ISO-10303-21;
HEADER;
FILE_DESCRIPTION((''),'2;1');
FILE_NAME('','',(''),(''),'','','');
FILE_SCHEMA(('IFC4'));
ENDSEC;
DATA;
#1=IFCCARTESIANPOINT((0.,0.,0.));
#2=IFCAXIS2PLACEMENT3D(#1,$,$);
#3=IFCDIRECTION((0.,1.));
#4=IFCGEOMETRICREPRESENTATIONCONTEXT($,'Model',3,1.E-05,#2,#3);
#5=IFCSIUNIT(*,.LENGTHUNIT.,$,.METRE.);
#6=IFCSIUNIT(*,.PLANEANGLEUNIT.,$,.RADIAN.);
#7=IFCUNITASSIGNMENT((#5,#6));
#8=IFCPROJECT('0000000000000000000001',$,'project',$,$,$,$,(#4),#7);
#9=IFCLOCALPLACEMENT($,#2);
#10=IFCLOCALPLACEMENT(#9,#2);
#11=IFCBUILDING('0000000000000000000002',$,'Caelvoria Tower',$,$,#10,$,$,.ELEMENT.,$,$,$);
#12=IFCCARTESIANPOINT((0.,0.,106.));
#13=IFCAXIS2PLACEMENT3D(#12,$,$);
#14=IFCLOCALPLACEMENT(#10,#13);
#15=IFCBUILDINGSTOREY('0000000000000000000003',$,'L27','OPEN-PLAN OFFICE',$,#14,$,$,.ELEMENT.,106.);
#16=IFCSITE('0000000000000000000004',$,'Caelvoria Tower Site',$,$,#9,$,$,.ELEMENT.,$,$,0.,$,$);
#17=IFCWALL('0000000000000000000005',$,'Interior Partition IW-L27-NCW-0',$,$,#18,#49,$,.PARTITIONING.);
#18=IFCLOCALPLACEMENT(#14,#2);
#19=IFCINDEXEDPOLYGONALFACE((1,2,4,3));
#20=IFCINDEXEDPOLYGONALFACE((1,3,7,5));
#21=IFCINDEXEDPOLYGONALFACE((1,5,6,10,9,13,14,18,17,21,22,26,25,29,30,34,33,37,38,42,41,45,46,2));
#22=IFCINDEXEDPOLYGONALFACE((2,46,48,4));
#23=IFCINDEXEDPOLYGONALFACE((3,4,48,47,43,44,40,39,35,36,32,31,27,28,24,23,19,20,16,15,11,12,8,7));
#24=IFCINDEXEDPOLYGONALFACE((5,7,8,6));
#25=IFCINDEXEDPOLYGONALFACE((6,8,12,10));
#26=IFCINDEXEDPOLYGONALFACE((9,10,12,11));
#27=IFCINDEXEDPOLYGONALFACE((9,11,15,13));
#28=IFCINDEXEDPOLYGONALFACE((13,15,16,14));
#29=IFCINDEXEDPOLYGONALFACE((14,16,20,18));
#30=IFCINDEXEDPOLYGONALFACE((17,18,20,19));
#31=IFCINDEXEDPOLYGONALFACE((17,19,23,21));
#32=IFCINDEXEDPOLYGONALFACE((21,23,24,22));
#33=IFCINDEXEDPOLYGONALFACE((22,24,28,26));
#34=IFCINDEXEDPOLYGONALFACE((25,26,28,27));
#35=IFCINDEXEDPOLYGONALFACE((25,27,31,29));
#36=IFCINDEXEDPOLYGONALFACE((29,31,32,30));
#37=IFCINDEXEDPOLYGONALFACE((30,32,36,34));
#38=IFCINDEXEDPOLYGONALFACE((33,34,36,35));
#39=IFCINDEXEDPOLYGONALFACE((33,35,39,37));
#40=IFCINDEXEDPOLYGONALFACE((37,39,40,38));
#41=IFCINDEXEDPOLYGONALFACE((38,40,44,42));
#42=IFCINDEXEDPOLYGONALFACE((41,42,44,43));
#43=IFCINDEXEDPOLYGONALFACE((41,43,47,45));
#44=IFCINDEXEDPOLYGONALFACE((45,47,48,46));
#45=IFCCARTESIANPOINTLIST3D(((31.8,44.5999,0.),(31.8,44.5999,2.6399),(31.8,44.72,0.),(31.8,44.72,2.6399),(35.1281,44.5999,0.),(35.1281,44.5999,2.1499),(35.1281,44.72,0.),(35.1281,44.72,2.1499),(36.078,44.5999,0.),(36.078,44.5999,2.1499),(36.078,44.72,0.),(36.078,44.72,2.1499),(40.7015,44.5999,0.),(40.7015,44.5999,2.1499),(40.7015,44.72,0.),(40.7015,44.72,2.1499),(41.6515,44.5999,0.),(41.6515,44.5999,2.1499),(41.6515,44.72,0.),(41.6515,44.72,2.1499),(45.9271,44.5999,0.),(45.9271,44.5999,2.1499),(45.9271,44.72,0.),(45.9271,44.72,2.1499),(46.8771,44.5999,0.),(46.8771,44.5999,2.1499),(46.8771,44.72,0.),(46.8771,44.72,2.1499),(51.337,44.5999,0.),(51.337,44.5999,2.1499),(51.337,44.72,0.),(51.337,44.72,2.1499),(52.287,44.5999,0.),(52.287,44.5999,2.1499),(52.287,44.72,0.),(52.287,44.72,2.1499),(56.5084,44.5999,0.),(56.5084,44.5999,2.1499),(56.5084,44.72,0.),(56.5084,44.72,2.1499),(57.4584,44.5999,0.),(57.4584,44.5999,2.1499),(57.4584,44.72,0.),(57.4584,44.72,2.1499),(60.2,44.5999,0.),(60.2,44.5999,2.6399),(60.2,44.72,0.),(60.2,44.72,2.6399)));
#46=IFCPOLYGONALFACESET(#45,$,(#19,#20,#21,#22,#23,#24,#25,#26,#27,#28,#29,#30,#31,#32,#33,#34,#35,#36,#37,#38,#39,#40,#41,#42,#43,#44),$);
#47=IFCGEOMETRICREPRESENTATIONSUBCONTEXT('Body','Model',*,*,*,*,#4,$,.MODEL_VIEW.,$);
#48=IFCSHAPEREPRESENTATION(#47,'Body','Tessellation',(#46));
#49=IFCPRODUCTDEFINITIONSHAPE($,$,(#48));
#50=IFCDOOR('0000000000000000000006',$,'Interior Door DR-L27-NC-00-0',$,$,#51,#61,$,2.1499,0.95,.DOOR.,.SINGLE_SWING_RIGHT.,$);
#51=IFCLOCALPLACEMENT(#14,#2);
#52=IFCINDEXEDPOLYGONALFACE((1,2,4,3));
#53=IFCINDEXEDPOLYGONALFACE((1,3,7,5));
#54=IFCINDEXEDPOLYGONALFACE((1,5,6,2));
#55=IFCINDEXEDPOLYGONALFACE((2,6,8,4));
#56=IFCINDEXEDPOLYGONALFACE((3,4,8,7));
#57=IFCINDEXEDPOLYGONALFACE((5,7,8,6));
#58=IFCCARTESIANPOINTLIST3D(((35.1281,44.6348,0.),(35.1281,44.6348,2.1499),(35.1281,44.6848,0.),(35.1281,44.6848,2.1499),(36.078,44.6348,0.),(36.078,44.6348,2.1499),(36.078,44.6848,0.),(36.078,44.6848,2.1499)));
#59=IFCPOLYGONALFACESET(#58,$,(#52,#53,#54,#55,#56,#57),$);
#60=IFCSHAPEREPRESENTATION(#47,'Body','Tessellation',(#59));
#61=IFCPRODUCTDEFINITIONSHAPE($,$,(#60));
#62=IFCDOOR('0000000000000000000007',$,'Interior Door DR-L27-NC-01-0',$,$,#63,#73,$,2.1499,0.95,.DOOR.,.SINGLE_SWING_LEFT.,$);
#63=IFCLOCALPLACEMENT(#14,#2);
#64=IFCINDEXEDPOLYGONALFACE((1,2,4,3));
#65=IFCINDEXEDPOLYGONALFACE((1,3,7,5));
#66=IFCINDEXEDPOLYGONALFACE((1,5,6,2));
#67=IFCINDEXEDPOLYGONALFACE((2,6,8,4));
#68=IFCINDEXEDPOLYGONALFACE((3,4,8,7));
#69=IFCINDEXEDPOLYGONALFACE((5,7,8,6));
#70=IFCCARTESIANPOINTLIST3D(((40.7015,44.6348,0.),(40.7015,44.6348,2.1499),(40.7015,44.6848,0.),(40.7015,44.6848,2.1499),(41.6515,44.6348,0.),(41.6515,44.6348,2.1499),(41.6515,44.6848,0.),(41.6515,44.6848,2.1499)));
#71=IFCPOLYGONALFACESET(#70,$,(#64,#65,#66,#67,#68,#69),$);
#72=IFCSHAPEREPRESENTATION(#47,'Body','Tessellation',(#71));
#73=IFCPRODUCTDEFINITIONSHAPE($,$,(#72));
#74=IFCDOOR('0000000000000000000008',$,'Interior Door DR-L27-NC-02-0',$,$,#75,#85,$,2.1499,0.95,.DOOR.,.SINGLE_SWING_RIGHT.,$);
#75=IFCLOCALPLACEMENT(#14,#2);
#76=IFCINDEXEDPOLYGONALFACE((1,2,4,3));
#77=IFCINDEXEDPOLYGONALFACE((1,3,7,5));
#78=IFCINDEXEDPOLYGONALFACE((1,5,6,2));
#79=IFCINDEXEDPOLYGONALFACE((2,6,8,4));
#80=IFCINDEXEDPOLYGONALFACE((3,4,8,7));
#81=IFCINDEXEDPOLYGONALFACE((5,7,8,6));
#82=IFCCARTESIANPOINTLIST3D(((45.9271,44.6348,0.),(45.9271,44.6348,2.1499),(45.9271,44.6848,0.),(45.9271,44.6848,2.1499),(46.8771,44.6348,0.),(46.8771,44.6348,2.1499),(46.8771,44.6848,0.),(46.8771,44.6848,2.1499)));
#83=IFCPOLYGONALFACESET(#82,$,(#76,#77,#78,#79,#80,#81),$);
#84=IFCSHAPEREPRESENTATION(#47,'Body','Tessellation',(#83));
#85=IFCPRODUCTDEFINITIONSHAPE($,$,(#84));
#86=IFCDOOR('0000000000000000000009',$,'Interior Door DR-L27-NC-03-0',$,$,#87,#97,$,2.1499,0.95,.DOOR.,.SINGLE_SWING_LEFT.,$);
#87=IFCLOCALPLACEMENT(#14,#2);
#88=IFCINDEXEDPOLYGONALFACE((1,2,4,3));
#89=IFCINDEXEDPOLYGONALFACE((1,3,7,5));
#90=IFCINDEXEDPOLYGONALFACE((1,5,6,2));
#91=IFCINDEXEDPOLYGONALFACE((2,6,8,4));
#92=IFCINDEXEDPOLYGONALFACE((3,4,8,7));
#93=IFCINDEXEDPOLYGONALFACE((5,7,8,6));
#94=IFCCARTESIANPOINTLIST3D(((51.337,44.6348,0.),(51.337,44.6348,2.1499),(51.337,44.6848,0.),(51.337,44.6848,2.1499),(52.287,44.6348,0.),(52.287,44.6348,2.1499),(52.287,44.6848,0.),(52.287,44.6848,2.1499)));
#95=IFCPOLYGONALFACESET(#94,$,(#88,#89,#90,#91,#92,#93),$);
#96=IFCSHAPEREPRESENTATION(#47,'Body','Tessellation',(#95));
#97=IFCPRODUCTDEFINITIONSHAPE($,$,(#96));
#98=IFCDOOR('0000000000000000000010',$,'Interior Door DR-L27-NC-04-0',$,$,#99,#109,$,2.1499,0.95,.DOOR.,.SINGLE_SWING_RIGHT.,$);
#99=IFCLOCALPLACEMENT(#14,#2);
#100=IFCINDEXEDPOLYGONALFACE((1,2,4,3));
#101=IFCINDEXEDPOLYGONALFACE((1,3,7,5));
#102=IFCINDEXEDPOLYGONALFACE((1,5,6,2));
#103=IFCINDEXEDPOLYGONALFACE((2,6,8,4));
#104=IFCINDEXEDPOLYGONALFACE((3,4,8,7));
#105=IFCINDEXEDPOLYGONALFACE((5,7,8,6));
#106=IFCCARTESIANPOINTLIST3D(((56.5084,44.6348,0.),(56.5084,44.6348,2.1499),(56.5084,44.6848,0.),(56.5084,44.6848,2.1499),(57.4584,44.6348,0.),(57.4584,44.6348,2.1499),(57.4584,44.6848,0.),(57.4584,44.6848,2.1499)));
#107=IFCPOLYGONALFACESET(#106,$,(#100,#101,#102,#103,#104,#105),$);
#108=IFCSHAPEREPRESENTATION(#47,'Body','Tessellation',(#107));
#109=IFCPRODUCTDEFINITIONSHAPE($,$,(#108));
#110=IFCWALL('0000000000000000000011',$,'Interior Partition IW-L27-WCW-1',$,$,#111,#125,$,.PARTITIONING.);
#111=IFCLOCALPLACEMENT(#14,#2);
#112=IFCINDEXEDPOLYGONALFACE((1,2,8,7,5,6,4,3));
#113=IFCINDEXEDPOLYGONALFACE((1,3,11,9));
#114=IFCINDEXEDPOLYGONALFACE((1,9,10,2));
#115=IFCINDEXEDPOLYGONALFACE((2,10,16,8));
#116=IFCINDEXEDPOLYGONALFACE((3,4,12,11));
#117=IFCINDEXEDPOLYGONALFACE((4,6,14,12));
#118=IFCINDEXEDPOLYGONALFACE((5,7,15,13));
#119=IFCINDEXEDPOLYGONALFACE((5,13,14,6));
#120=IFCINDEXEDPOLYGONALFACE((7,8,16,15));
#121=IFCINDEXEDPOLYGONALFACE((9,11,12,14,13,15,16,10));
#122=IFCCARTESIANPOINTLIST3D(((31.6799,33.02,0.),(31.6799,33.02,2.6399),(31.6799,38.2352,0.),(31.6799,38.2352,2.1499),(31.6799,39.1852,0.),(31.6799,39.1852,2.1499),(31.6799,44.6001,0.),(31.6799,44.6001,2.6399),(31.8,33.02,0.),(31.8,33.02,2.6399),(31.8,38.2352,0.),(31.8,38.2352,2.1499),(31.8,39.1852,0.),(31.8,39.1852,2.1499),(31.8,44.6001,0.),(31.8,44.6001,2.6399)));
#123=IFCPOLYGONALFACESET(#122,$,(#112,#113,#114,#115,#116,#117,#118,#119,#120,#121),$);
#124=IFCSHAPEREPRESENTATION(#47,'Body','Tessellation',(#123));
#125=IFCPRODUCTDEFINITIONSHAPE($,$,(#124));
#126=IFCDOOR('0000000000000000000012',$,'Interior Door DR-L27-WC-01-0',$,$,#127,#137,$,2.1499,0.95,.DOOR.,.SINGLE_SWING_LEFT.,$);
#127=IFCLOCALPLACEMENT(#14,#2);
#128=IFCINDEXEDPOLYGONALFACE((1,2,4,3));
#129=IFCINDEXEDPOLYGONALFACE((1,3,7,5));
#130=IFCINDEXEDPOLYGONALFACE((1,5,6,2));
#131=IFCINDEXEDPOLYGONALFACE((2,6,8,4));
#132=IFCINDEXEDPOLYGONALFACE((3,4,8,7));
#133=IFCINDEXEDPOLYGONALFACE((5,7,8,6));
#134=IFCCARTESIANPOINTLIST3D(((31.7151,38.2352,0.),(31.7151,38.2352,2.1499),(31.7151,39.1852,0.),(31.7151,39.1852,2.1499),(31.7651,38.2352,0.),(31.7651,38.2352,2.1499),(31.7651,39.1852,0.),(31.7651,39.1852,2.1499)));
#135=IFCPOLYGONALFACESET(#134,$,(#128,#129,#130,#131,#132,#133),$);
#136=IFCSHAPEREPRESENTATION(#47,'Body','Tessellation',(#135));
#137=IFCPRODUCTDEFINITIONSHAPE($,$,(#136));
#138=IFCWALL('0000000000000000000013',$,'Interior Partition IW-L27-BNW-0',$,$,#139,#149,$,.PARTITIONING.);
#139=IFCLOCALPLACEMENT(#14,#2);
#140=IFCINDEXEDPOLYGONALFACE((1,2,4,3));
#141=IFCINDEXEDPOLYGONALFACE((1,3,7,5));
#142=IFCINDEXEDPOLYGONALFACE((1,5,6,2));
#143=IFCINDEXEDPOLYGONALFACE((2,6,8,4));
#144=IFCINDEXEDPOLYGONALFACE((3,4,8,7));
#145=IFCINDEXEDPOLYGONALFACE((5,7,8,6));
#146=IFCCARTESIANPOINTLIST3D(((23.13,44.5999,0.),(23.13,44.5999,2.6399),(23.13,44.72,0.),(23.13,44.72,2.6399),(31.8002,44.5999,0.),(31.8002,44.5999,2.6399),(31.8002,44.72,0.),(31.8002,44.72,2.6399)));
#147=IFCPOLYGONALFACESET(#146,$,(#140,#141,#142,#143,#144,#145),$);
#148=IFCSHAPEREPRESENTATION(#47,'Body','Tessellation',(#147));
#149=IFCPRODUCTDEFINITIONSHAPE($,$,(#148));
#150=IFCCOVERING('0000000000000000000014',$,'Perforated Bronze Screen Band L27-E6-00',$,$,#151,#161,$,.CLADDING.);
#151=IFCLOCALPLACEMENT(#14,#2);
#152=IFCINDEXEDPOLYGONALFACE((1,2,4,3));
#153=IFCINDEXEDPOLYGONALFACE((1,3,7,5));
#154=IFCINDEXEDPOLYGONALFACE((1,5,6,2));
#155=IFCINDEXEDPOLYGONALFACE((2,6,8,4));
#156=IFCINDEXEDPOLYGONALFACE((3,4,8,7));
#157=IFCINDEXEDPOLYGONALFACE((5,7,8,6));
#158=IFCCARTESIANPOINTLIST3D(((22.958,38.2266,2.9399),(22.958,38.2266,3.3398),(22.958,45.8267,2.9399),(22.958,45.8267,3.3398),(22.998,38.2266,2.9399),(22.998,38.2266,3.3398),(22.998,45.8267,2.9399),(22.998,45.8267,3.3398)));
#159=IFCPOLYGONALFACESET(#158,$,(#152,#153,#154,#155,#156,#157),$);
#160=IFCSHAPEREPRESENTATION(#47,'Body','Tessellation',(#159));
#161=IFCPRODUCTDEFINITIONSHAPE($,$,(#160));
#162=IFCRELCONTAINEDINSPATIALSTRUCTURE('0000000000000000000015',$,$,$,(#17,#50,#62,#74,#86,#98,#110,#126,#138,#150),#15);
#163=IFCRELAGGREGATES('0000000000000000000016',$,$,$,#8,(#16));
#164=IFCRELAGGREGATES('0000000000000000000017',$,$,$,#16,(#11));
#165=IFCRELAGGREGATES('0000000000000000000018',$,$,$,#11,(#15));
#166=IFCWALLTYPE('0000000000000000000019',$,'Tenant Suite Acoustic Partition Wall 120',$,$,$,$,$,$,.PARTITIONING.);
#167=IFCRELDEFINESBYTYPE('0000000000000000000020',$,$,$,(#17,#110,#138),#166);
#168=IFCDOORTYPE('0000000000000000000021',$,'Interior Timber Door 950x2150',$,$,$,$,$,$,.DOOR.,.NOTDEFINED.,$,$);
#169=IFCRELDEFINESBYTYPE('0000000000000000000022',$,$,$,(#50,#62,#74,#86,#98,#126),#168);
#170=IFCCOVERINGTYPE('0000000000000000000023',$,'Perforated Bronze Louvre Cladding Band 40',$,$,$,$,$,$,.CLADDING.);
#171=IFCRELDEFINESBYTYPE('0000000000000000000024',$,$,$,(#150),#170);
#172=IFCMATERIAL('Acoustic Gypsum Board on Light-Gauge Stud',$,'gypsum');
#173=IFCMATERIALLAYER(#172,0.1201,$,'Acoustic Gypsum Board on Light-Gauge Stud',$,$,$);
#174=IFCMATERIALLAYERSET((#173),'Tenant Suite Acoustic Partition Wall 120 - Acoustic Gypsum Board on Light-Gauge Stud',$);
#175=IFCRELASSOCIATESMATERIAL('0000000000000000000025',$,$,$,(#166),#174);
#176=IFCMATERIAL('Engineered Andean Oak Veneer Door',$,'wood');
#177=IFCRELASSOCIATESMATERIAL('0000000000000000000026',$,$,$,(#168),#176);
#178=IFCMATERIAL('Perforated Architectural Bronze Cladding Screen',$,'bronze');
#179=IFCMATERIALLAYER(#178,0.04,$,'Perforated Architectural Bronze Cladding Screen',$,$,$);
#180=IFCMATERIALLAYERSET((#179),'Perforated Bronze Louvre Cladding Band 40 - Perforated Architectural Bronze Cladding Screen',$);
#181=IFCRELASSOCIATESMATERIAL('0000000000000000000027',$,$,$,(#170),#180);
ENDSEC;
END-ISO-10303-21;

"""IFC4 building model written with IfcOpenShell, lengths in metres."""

from ifc_helpers import new_model, si_unit, direction, frame, frame_2d, origin, origin_2d, place, context, subcontext, project, spatial, rectangle, extrude, material, layer, layer_set, type_object, element, fill, save


model = new_model("IFC4")

# Units and contexts
model_context = context("Model", 3, precision=1e-05, world=origin(), true_north=direction((0.0, 1.0)))
body_context = subcontext(model_context, "Body", "Model", "MODEL_VIEW")
ifc_project = project(units=[si_unit("LENGTHUNIT", "METRE"), si_unit("PLANEANGLEUNIT", "RADIAN")], contexts=[model_context])

# Site, building, storey
site_placement = place(None, origin())
site = spatial("IfcSite", under=ifc_project, at=site_placement, Name="Caelvoria Tower Site", CompositionType="ELEMENT", RefElevation=0.0)
building_placement = place(site_placement, origin())
building = spatial("IfcBuilding", under=site, at=building_placement, Name="Caelvoria Tower", CompositionType="ELEMENT")
storey_placement = place(building_placement, frame((0.0, 0.0, 106.0)))
storey = spatial("IfcBuildingStorey", under=building, at=storey_placement, Name="L27", Description="OPEN-PLAN OFFICE", CompositionType="ELEMENT", Elevation=106.0)

# Wall, openings, doors
ifc_material_1 = material(Name="Acoustic Gypsum Board on Light-Gauge Stud", Category="gypsum")
ifc_layer_1 = layer(ifc_material_1, 0.1201, Name="Acoustic Gypsum Board on Light-Gauge Stud")
ifc_layer_set_1 = layer_set([ifc_layer_1], Name="Tenant Suite Acoustic Partition Wall 120 - Acoustic Gypsum Board on Light-Gauge Stud")
wall_type = type_object("IfcWallType", Name="Tenant Suite Acoustic Partition Wall 120", PredefinedType="PARTITIONING", material=ifc_layer_set_1)
wall_1_placement = place(storey_placement, frame((31.8, 44.6599, 0.0), z_axis=(0.0, 0.0, 1.0), x_axis=(1.0, 0.0, 0.0)))
wall_1 = element("IfcWall", 1, at=wall_1_placement, inside=storey, type_object=wall_type, Name="Interior Partition IW-L27-NCW-0", PredefinedType="PARTITIONING", context=body_context, shape_type="SweptSolid", body=[
    extrude(rectangle(XDim=28.3999, YDim=0.1201, at=frame_2d((14.2, 0.0))), origin(), (0.0, 0.0, 1.0), 2.6399),
])
opening_1_placement = place(wall_1_placement, frame((3.3279, 0.0, 0.0)))
opening_1 = element("IfcOpeningElement", 2, at=opening_1_placement, cuts=wall_1, PredefinedType="OPENING", context=body_context, shape_type="SweptSolid", body=[
    extrude(rectangle(XDim=0.95, YDim=2.1499, at=frame_2d((0.4751, 1.075))), frame((0.0, 0.0701, 0.0), z_axis=(0.0, -1.0, 0.0), x_axis=(1.0, 0.0, 0.0)), (0.0, 0.0, 1.0), 0.1401),
])
opening_2_placement = place(wall_1_placement, frame((8.9014, 0.0, 0.0)))
opening_2 = element("IfcOpeningElement", 3, at=opening_2_placement, cuts=wall_1, PredefinedType="OPENING", context=body_context, shape_type="SweptSolid", body=[
    extrude(rectangle(XDim=0.95, YDim=2.1499, at=frame_2d((0.4751, 1.075))), frame((0.0, 0.0701, 0.0), z_axis=(0.0, -1.0, 0.0), x_axis=(1.0, 0.0, 0.0)), (0.0, 0.0, 1.0), 0.1401),
])
opening_3_placement = place(wall_1_placement, frame((14.127, 0.0, 0.0)))
opening_3 = element("IfcOpeningElement", 4, at=opening_3_placement, cuts=wall_1, PredefinedType="OPENING", context=body_context, shape_type="SweptSolid", body=[
    extrude(rectangle(XDim=0.95, YDim=2.1499, at=frame_2d((0.4751, 1.075))), frame((0.0, 0.0701, 0.0), z_axis=(0.0, -1.0, 0.0), x_axis=(1.0, 0.0, 0.0)), (0.0, 0.0, 1.0), 0.1401),
])
opening_4_placement = place(wall_1_placement, frame((19.5369, 0.0, 0.0)))
opening_4 = element("IfcOpeningElement", 5, at=opening_4_placement, cuts=wall_1, PredefinedType="OPENING", context=body_context, shape_type="SweptSolid", body=[
    extrude(rectangle(XDim=0.95, YDim=2.1499, at=frame_2d((0.4751, 1.075))), frame((0.0, 0.0701, 0.0), z_axis=(0.0, -1.0, 0.0), x_axis=(1.0, 0.0, 0.0)), (0.0, 0.0, 1.0), 0.1401),
])
opening_5_placement = place(wall_1_placement, frame((24.7083, 0.0, 0.0)))
opening_5 = element("IfcOpeningElement", 6, at=opening_5_placement, cuts=wall_1, PredefinedType="OPENING", context=body_context, shape_type="SweptSolid", body=[
    extrude(rectangle(XDim=0.95, YDim=2.1499, at=frame_2d((0.4751, 1.075))), frame((0.0, 0.0701, 0.0), z_axis=(0.0, -1.0, 0.0), x_axis=(1.0, 0.0, 0.0)), (0.0, 0.0, 1.0), 0.1401),
])
ifc_material_2 = material(Name="Engineered Andean Oak Veneer Door", Category="wood")
door_type = type_object("IfcDoorType", Name="Interior Timber Door 950x2150", OperationType="NOTDEFINED", PredefinedType="DOOR", material=ifc_material_2)
door_1_placement = place(opening_1_placement, origin())
door_1 = element("IfcDoor", 7, at=door_1_placement, inside=storey, type_object=door_type, Name="Interior Door DR-L27-NC-00-0", OperationType="SINGLE_SWING_RIGHT", OverallHeight=2.1499, OverallWidth=0.95, PredefinedType="DOOR", context=body_context, shape_type="SweptSolid", body=[
    extrude(rectangle(XDim=0.95, YDim=2.1499, at=frame_2d((0.4751, 1.075))), frame((0.0, 0.0249, 0.0), z_axis=(0.0, -1.0, 0.0), x_axis=(1.0, 0.0, 0.0)), (0.0, 0.0, 1.0), 0.05),
])
fill(opening_1, door_1)
door_2_placement = place(opening_2_placement, origin())
door_2 = element("IfcDoor", 8, at=door_2_placement, inside=storey, type_object=door_type, Name="Interior Door DR-L27-NC-01-0", OperationType="SINGLE_SWING_LEFT", OverallHeight=2.1499, OverallWidth=0.95, PredefinedType="DOOR", context=body_context, shape_type="SweptSolid", body=[
    extrude(rectangle(XDim=0.95, YDim=2.1499, at=frame_2d((0.4751, 1.075))), frame((0.0, 0.0249, 0.0), z_axis=(0.0, -1.0, 0.0), x_axis=(1.0, 0.0, 0.0)), (0.0, 0.0, 1.0), 0.05),
])
fill(opening_2, door_2)
door_3_placement = place(opening_3_placement, origin())
door_3 = element("IfcDoor", 9, at=door_3_placement, inside=storey, type_object=door_type, Name="Interior Door DR-L27-NC-02-0", OperationType="SINGLE_SWING_RIGHT", OverallHeight=2.1499, OverallWidth=0.95, PredefinedType="DOOR", context=body_context, shape_type="SweptSolid", body=[
    extrude(rectangle(XDim=0.95, YDim=2.1499, at=frame_2d((0.4751, 1.075))), frame((0.0, 0.0249, 0.0), z_axis=(0.0, -1.0, 0.0), x_axis=(1.0, 0.0, 0.0)), (0.0, 0.0, 1.0), 0.05),
])
fill(opening_3, door_3)
door_4_placement = place(opening_4_placement, origin())
door_4 = element("IfcDoor", 10, at=door_4_placement, inside=storey, type_object=door_type, Name="Interior Door DR-L27-NC-03-0", OperationType="SINGLE_SWING_LEFT", OverallHeight=2.1499, OverallWidth=0.95, PredefinedType="DOOR", context=body_context, shape_type="SweptSolid", body=[
    extrude(rectangle(XDim=0.95, YDim=2.1499, at=frame_2d((0.4751, 1.075))), frame((0.0, 0.0249, 0.0), z_axis=(0.0, -1.0, 0.0), x_axis=(1.0, 0.0, 0.0)), (0.0, 0.0, 1.0), 0.05),
])
fill(opening_4, door_4)
door_5_placement = place(opening_5_placement, origin())
door_5 = element("IfcDoor", 11, at=door_5_placement, inside=storey, type_object=door_type, Name="Interior Door DR-L27-NC-04-0", OperationType="SINGLE_SWING_RIGHT", OverallHeight=2.1499, OverallWidth=0.95, PredefinedType="DOOR", context=body_context, shape_type="SweptSolid", body=[
    extrude(rectangle(XDim=0.95, YDim=2.1499, at=frame_2d((0.4751, 1.075))), frame((0.0, 0.0249, 0.0), z_axis=(0.0, -1.0, 0.0), x_axis=(1.0, 0.0, 0.0)), (0.0, 0.0, 1.0), 0.05),
])
fill(opening_5, door_5)

# Wall, opening, door
wall_2_placement = place(storey_placement, frame((31.74, 33.02, 0.0), z_axis=(0.0, 0.0, 1.0), x_axis=(0.0, 1.0, 0.0)))
wall_2 = element("IfcWall", 12, at=wall_2_placement, inside=storey, type_object=wall_type, Name="Interior Partition IW-L27-WCW-1", PredefinedType="PARTITIONING", context=body_context, shape_type="SweptSolid", body=[
    extrude(rectangle(XDim=11.5801, YDim=0.1201, at=frame_2d((5.79, 0.0))), origin(), (0.0, 0.0, 1.0), 2.6399),
])
opening_6_placement = place(wall_2_placement, frame((5.2151, 0.0, 0.0)))
opening_6 = element("IfcOpeningElement", 13, at=opening_6_placement, cuts=wall_2, PredefinedType="OPENING", context=body_context, shape_type="SweptSolid", body=[
    extrude(rectangle(XDim=0.95, YDim=2.1499, at=frame_2d((0.4751, 1.075))), frame((0.0, 0.0701, 0.0), z_axis=(0.0, -1.0, 0.0), x_axis=(1.0, 0.0, 0.0)), (0.0, 0.0, 1.0), 0.1401),
])
door_6_placement = place(opening_6_placement, origin())
door_6 = element("IfcDoor", 14, at=door_6_placement, inside=storey, type_object=door_type, Name="Interior Door DR-L27-WC-01-0", OperationType="SINGLE_SWING_LEFT", OverallHeight=2.1499, OverallWidth=0.95, PredefinedType="DOOR", context=body_context, shape_type="SweptSolid", body=[
    extrude(rectangle(XDim=0.95, YDim=2.1499, at=frame_2d((0.4751, 1.075))), frame((0.0, 0.0249, 0.0), z_axis=(0.0, -1.0, 0.0), x_axis=(1.0, 0.0, 0.0)), (0.0, 0.0, 1.0), 0.05),
])
fill(opening_6, door_6)

# Wall
wall_3_placement = place(storey_placement, frame((31.8, 44.6599, 0.0), z_axis=(0.0, 0.0, 1.0), x_axis=(-1.0, 0.0, 0.0)))
element("IfcWall", 15, at=wall_3_placement, inside=storey, type_object=wall_type, Name="Interior Partition IW-L27-BNW-0", PredefinedType="PARTITIONING", context=body_context, shape_type="SweptSolid", body=[
    extrude(rectangle(XDim=8.6702, YDim=0.1201, at=frame_2d((4.335, 0.0))), origin(), (0.0, 0.0, 1.0), 2.6399),
])

# Covering
ifc_material_3 = material(Name="Perforated Architectural Bronze Cladding Screen", Category="bronze")
ifc_layer_2 = layer(ifc_material_3, 0.04, Name="Perforated Architectural Bronze Cladding Screen")
ifc_layer_set_2 = layer_set([ifc_layer_2], Name="Perforated Bronze Louvre Cladding Band 40 - Perforated Architectural Bronze Cladding Screen")
covering_type = type_object("IfcCoveringType", Name="Perforated Bronze Louvre Cladding Band 40", PredefinedType="CLADDING", material=ifc_layer_set_2)
for number, where, z_axis, x_axis, name in (
    (16, (22.978, 42.0266, 2.9399), (0.0, 0.0, 1.0), (0.0, -1.0, 0.0), "Perforated Bronze Screen Band L27-E6-00"),
):
    element("IfcCovering", number, at=place(storey_placement, frame(where, z_axis=z_axis, x_axis=x_axis)), inside=storey, type_object=covering_type, Name=name, PredefinedType="CLADDING", context=body_context, shape_type="SweptSolid", body=[
        extrude(rectangle(XDim=7.6001, YDim=0.04, at=origin_2d()), origin(), (0.0, 0.0, 1.0), 0.3999),
    ])

save(model, "model.ifc")
